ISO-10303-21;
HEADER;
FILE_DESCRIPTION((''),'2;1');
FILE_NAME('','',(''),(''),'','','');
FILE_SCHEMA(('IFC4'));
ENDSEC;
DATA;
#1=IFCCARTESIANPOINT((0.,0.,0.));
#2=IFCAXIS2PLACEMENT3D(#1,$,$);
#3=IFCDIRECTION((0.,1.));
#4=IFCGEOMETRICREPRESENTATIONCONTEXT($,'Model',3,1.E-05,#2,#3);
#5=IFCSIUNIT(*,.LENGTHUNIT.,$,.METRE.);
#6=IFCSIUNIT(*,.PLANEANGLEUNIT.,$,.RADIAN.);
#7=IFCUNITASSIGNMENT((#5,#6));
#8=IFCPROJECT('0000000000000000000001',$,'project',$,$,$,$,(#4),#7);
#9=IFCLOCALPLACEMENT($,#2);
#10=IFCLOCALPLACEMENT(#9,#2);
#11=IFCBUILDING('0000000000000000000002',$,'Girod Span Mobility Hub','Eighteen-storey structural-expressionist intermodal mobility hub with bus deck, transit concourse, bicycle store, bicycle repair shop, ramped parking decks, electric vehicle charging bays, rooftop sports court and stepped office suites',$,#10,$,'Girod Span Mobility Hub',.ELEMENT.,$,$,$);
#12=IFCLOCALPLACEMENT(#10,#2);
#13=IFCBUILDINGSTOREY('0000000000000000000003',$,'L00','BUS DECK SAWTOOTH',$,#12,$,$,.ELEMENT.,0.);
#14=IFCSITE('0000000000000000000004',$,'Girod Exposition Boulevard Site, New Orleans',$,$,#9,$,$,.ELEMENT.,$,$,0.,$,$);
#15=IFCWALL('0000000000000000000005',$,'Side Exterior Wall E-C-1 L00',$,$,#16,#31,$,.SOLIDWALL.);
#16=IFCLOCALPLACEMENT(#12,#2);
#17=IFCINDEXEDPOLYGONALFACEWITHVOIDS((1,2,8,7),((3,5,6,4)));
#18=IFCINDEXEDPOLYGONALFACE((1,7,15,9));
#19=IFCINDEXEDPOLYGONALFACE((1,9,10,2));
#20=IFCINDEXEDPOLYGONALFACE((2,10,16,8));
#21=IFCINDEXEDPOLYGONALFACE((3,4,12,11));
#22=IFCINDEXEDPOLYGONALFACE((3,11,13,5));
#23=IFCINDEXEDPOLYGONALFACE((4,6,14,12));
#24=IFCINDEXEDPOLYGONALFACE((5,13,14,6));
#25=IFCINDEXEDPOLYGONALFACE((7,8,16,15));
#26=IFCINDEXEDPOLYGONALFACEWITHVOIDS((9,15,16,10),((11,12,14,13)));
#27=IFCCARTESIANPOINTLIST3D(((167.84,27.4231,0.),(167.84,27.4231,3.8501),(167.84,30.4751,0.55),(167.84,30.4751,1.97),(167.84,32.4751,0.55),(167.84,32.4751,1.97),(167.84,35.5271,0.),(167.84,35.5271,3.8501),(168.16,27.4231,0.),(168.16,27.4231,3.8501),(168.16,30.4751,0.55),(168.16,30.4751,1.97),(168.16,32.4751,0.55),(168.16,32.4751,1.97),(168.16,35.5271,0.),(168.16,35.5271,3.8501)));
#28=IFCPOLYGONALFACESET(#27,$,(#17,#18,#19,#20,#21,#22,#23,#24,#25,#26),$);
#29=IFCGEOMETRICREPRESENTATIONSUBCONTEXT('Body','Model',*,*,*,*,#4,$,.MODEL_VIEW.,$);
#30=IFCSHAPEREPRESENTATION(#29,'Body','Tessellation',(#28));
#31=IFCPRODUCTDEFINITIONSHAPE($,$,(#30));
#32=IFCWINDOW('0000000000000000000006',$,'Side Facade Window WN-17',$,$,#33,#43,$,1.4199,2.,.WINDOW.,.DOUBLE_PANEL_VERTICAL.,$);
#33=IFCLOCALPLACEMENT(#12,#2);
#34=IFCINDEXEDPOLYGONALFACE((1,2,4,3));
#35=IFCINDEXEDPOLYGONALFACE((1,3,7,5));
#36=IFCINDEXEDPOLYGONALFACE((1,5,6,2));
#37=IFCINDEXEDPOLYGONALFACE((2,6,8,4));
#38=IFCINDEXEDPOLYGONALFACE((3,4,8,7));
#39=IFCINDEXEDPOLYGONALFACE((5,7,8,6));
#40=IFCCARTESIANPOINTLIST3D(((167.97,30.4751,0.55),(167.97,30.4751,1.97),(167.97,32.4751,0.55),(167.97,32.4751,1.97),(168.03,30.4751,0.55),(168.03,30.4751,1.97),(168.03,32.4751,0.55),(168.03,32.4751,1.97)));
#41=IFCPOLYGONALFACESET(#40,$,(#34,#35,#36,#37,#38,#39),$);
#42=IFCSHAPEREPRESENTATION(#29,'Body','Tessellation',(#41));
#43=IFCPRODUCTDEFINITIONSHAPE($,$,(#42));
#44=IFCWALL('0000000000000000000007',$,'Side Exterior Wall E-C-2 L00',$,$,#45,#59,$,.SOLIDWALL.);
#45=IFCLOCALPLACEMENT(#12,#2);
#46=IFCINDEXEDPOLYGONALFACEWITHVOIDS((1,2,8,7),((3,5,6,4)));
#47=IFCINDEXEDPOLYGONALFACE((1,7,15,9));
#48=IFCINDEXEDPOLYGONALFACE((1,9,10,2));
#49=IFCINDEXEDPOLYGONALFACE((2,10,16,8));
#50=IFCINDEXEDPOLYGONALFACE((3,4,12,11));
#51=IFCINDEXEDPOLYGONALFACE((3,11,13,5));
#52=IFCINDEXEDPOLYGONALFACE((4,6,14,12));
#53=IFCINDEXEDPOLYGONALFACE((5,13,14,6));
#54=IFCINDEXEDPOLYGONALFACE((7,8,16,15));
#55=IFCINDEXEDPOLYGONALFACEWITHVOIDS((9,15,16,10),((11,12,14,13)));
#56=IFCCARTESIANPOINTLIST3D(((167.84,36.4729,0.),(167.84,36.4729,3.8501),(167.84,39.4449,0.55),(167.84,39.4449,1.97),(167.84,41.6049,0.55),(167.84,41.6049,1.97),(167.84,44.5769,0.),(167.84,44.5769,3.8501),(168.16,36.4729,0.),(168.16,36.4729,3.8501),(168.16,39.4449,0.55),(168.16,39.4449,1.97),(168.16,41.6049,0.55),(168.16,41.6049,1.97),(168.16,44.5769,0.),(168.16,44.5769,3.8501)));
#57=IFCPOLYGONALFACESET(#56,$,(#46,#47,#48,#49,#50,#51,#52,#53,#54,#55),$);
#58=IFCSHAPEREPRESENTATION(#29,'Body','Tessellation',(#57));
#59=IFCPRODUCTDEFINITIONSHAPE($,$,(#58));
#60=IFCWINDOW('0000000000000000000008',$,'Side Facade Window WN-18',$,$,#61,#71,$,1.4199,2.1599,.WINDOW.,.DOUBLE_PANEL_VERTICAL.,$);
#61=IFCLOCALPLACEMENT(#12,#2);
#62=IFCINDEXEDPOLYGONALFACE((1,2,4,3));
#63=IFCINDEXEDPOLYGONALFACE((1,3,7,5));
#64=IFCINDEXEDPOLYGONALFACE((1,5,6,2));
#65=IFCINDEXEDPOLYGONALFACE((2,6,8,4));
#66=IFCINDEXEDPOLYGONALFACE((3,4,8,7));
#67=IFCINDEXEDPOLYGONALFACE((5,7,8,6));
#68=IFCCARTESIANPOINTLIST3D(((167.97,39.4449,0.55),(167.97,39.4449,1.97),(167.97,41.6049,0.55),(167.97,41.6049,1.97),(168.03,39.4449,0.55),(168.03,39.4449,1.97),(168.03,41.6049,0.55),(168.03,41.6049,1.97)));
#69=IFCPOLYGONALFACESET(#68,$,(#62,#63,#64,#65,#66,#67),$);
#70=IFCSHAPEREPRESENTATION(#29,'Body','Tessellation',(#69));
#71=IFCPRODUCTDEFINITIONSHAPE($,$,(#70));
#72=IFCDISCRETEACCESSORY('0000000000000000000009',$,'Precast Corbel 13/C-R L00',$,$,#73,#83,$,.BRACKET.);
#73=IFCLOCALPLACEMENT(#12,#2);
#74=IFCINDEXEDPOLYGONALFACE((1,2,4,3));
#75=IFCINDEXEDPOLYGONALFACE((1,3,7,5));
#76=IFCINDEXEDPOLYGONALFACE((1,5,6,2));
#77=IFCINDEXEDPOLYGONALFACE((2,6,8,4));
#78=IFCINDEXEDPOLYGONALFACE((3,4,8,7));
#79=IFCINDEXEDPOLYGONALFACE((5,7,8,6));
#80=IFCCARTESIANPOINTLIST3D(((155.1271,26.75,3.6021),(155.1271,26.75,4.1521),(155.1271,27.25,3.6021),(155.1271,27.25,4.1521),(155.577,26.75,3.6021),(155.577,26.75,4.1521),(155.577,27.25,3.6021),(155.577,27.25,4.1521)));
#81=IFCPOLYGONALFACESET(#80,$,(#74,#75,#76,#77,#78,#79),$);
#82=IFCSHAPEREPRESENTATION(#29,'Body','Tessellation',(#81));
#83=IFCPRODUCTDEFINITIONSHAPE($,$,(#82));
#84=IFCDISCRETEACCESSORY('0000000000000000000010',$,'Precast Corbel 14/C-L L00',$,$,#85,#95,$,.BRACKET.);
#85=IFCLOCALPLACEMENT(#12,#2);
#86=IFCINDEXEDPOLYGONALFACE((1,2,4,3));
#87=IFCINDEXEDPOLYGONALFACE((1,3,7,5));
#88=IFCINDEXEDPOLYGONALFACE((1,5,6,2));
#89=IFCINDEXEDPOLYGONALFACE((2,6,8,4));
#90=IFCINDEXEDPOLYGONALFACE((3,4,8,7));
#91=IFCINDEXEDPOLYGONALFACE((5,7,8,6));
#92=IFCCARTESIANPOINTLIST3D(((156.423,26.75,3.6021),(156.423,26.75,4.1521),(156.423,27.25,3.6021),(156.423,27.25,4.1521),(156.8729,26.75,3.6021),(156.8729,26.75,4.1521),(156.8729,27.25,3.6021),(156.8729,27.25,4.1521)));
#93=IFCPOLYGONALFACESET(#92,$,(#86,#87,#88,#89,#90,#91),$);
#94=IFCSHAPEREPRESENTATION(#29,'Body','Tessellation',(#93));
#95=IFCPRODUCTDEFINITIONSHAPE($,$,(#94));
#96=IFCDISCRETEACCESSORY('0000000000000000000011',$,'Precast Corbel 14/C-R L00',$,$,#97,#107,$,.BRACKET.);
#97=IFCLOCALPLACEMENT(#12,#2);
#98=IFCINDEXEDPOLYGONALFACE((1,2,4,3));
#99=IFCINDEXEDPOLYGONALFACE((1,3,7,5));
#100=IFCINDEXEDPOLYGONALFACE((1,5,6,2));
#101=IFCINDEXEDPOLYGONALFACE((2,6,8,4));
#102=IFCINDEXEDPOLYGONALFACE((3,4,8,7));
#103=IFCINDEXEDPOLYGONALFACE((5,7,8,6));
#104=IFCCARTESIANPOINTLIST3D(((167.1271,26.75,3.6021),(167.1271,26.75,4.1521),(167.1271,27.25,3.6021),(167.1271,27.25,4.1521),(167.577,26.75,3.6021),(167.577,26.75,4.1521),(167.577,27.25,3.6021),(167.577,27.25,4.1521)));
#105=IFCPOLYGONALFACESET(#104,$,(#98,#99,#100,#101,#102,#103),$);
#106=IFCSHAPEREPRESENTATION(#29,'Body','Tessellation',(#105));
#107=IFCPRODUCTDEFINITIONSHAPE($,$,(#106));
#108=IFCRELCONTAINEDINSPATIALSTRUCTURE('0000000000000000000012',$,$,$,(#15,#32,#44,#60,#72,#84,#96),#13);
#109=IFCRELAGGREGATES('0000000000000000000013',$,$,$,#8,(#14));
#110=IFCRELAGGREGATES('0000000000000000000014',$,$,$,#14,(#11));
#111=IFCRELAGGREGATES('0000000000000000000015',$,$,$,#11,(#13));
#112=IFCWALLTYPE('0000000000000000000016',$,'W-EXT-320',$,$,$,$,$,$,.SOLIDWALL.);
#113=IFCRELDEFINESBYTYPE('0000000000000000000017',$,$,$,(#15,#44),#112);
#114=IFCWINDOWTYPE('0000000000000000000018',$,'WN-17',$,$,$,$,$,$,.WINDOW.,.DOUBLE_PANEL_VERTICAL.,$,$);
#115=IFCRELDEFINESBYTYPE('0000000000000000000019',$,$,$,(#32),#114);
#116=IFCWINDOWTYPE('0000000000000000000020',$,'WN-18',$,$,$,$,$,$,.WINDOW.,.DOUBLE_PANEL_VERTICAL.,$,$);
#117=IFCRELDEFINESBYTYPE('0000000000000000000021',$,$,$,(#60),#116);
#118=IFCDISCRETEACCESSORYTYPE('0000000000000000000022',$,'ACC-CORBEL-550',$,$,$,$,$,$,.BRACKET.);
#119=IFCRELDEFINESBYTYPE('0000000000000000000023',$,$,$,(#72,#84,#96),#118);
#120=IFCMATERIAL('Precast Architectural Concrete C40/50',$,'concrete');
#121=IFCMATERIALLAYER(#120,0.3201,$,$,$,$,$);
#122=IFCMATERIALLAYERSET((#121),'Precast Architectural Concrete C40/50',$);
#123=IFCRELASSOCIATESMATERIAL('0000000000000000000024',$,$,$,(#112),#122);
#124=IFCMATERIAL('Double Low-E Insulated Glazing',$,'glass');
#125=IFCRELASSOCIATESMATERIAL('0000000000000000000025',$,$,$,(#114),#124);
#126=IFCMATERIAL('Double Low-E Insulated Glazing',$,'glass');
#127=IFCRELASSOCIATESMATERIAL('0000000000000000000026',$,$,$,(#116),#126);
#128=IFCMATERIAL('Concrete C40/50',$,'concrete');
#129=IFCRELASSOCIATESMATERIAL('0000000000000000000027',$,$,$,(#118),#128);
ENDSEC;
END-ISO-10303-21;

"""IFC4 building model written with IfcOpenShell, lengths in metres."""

from ifc_helpers import new_model, si_unit, direction, frame, frame_2d, origin, origin_2d, place, context, subcontext, project, spatial, rectangle, extrude, material, layer, layer_set, type_object, element, fill, save


model = new_model("IFC4")

# Units and contexts
model_context = context("Model", 3, precision=1e-05, world=origin(), true_north=direction((0.0, 1.0)))
body_context = subcontext(model_context, "Body", "Model", "MODEL_VIEW")
ifc_project = project(units=[si_unit("LENGTHUNIT", "METRE"), si_unit("PLANEANGLEUNIT", "RADIAN")], contexts=[model_context])

# Site, building, storey
site_placement = place(None, origin())
site = spatial("IfcSite", under=ifc_project, at=site_placement, Name="Girod Exposition Boulevard Site, New Orleans", CompositionType="ELEMENT", RefElevation=0.0)
building_placement = place(site_placement, origin())
building = spatial("IfcBuilding", under=site, at=building_placement, Name="Girod Span Mobility Hub", Description="Eighteen-storey structural-expressionist intermodal mobility hub with bus deck, transit concourse, bicycle store, bicycle repair shop, ramped parking decks, electric vehicle charging bays, rooftop sports court and stepped office suites", LongName="Girod Span Mobility Hub", CompositionType="ELEMENT")
storey_placement = place(building_placement, origin())
storey = spatial("IfcBuildingStorey", under=building, at=storey_placement, Name="L00", Description="BUS DECK SAWTOOTH", CompositionType="ELEMENT", Elevation=0.0)

# Walls, openings, windows
ifc_material_1 = material(Name="Precast Architectural Concrete C40/50", Category="concrete")
ifc_layer = layer(ifc_material_1, 0.3201)
ifc_layer_set = layer_set([ifc_layer], Name="Precast Architectural Concrete C40/50")
wall_type = type_object("IfcWallType", Name="W-EXT-320", PredefinedType="SOLIDWALL", material=ifc_layer_set)
wall_1_placement = place(storey_placement, frame((168.0, 27.4231, 0.0), z_axis=(0.0, 0.0, 1.0), x_axis=(0.0, 1.0, 0.0)))
wall_1 = element("IfcWall", 1, at=wall_1_placement, inside=storey, type_object=wall_type, Name="Side Exterior Wall E-C-1 L00", PredefinedType="SOLIDWALL", context=body_context, shape_type="SweptSolid", body=[
    extrude(rectangle(XDim=8.104, YDim=0.3201, at=frame_2d((4.052, 0.0))), origin(), (0.0, 0.0, 1.0), 3.8501),
])
opening_1_placement = place(wall_1_placement, frame((3.052, 0.0, 0.55)))
opening_1 = element("IfcOpeningElement", 2, at=opening_1_placement, cuts=wall_1, PredefinedType="OPENING", context=body_context, shape_type="SweptSolid", body=[
    extrude(rectangle(XDim=2.0, YDim=1.4199, at=frame_2d((1.0, 0.71))), frame((0.0, 0.175, 0.0), z_axis=(0.0, -1.0, 0.0), x_axis=(1.0, 0.0, 0.0)), (0.0, 0.0, 1.0), 0.3501),
])
ifc_material_2 = material(Name="Double Low-E Insulated Glazing", Category="glass")
window_type_1 = type_object("IfcWindowType", Name="WN-17", PartitioningType="DOUBLE_PANEL_VERTICAL", PredefinedType="WINDOW", material=ifc_material_2)
window_1_placement = place(opening_1_placement, origin())
window_1 = element("IfcWindow", 3, at=window_1_placement, inside=storey, type_object=window_type_1, Name="Side Facade Window WN-17", OverallHeight=1.4199, OverallWidth=2.0, PartitioningType="DOUBLE_PANEL_VERTICAL", PredefinedType="WINDOW", context=body_context, shape_type="SweptSolid", body=[
    extrude(rectangle(XDim=2.0, YDim=1.4199, at=frame_2d((1.0, 0.71))), frame((0.0, 0.03, 0.0), z_axis=(0.0, -1.0, 0.0), x_axis=(1.0, 0.0, 0.0)), (0.0, 0.0, 1.0), 0.0601),
])
fill(opening_1, window_1)
wall_2_placement = place(storey_placement, frame((168.0, 36.4729, 0.0), z_axis=(0.0, 0.0, 1.0), x_axis=(0.0, 1.0, 0.0)))
wall_2 = element("IfcWall", 4, at=wall_2_placement, inside=storey, type_object=wall_type, Name="Side Exterior Wall E-C-2 L00", PredefinedType="SOLIDWALL", context=body_context, shape_type="SweptSolid", body=[
    extrude(rectangle(XDim=8.104, YDim=0.3201, at=frame_2d((4.052, 0.0))), origin(), (0.0, 0.0, 1.0), 3.8501),
])
opening_2_placement = place(wall_2_placement, frame((2.9719, 0.0, 0.55)))
opening_2 = element("IfcOpeningElement", 5, at=opening_2_placement, cuts=wall_2, PredefinedType="OPENING", context=body_context, shape_type="SweptSolid", body=[
    extrude(rectangle(XDim=2.1599, YDim=1.4199, at=frame_2d((1.0801, 0.71))), frame((0.0, 0.175, 0.0), z_axis=(0.0, -1.0, 0.0), x_axis=(1.0, 0.0, 0.0)), (0.0, 0.0, 1.0), 0.3501),
])
ifc_material_3 = material(Name="Double Low-E Insulated Glazing", Category="glass")
window_type_2 = type_object("IfcWindowType", Name="WN-18", PartitioningType="DOUBLE_PANEL_VERTICAL", PredefinedType="WINDOW", material=ifc_material_3)
window_2_placement = place(opening_2_placement, origin())
window_2 = element("IfcWindow", 6, at=window_2_placement, inside=storey, type_object=window_type_2, Name="Side Facade Window WN-18", OverallHeight=1.4199, OverallWidth=2.1599, PartitioningType="DOUBLE_PANEL_VERTICAL", PredefinedType="WINDOW", context=body_context, shape_type="SweptSolid", body=[
    extrude(rectangle(XDim=2.1599, YDim=1.4199, at=frame_2d((1.0801, 0.71))), frame((0.0, 0.03, 0.0), z_axis=(0.0, -1.0, 0.0), x_axis=(1.0, 0.0, 0.0)), (0.0, 0.0, 1.0), 0.0601),
])
fill(opening_2, window_2)

# Discrete accessories
ifc_material_4 = material(Name="Concrete C40/50", Category="concrete")
discrete_accessory_type = type_object("IfcDiscreteAccessoryType", Name="ACC-CORBEL-550", PredefinedType="BRACKET", material=ifc_material_4)
for number, where, z_axis, x_axis, name in (
    (7, (155.3521, 27.0, 3.6021), (0.0, 0.0, 1.0), (1.0, 0.0, 0.0), "Precast Corbel 13/C-R L00"),
    (8, (156.6479, 27.0, 3.6021), (0.0, 0.0, 1.0), (1.0, 0.0, 0.0), "Precast Corbel 14/C-L L00"),
    (9, (167.3521, 27.0, 3.6021), (0.0, 0.0, 1.0), (1.0, 0.0, 0.0), "Precast Corbel 14/C-R L00"),
):
    element("IfcDiscreteAccessory", number, at=place(storey_placement, frame(where, z_axis=z_axis, x_axis=x_axis)), inside=storey, type_object=discrete_accessory_type, Name=name, PredefinedType="BRACKET", context=body_context, shape_type="SweptSolid", body=[
        extrude(rectangle(XDim=0.45, YDim=0.5, at=origin_2d()), origin(), (0.0, 0.0, 1.0), 0.55),
    ])

save(model, "model.ifc")
